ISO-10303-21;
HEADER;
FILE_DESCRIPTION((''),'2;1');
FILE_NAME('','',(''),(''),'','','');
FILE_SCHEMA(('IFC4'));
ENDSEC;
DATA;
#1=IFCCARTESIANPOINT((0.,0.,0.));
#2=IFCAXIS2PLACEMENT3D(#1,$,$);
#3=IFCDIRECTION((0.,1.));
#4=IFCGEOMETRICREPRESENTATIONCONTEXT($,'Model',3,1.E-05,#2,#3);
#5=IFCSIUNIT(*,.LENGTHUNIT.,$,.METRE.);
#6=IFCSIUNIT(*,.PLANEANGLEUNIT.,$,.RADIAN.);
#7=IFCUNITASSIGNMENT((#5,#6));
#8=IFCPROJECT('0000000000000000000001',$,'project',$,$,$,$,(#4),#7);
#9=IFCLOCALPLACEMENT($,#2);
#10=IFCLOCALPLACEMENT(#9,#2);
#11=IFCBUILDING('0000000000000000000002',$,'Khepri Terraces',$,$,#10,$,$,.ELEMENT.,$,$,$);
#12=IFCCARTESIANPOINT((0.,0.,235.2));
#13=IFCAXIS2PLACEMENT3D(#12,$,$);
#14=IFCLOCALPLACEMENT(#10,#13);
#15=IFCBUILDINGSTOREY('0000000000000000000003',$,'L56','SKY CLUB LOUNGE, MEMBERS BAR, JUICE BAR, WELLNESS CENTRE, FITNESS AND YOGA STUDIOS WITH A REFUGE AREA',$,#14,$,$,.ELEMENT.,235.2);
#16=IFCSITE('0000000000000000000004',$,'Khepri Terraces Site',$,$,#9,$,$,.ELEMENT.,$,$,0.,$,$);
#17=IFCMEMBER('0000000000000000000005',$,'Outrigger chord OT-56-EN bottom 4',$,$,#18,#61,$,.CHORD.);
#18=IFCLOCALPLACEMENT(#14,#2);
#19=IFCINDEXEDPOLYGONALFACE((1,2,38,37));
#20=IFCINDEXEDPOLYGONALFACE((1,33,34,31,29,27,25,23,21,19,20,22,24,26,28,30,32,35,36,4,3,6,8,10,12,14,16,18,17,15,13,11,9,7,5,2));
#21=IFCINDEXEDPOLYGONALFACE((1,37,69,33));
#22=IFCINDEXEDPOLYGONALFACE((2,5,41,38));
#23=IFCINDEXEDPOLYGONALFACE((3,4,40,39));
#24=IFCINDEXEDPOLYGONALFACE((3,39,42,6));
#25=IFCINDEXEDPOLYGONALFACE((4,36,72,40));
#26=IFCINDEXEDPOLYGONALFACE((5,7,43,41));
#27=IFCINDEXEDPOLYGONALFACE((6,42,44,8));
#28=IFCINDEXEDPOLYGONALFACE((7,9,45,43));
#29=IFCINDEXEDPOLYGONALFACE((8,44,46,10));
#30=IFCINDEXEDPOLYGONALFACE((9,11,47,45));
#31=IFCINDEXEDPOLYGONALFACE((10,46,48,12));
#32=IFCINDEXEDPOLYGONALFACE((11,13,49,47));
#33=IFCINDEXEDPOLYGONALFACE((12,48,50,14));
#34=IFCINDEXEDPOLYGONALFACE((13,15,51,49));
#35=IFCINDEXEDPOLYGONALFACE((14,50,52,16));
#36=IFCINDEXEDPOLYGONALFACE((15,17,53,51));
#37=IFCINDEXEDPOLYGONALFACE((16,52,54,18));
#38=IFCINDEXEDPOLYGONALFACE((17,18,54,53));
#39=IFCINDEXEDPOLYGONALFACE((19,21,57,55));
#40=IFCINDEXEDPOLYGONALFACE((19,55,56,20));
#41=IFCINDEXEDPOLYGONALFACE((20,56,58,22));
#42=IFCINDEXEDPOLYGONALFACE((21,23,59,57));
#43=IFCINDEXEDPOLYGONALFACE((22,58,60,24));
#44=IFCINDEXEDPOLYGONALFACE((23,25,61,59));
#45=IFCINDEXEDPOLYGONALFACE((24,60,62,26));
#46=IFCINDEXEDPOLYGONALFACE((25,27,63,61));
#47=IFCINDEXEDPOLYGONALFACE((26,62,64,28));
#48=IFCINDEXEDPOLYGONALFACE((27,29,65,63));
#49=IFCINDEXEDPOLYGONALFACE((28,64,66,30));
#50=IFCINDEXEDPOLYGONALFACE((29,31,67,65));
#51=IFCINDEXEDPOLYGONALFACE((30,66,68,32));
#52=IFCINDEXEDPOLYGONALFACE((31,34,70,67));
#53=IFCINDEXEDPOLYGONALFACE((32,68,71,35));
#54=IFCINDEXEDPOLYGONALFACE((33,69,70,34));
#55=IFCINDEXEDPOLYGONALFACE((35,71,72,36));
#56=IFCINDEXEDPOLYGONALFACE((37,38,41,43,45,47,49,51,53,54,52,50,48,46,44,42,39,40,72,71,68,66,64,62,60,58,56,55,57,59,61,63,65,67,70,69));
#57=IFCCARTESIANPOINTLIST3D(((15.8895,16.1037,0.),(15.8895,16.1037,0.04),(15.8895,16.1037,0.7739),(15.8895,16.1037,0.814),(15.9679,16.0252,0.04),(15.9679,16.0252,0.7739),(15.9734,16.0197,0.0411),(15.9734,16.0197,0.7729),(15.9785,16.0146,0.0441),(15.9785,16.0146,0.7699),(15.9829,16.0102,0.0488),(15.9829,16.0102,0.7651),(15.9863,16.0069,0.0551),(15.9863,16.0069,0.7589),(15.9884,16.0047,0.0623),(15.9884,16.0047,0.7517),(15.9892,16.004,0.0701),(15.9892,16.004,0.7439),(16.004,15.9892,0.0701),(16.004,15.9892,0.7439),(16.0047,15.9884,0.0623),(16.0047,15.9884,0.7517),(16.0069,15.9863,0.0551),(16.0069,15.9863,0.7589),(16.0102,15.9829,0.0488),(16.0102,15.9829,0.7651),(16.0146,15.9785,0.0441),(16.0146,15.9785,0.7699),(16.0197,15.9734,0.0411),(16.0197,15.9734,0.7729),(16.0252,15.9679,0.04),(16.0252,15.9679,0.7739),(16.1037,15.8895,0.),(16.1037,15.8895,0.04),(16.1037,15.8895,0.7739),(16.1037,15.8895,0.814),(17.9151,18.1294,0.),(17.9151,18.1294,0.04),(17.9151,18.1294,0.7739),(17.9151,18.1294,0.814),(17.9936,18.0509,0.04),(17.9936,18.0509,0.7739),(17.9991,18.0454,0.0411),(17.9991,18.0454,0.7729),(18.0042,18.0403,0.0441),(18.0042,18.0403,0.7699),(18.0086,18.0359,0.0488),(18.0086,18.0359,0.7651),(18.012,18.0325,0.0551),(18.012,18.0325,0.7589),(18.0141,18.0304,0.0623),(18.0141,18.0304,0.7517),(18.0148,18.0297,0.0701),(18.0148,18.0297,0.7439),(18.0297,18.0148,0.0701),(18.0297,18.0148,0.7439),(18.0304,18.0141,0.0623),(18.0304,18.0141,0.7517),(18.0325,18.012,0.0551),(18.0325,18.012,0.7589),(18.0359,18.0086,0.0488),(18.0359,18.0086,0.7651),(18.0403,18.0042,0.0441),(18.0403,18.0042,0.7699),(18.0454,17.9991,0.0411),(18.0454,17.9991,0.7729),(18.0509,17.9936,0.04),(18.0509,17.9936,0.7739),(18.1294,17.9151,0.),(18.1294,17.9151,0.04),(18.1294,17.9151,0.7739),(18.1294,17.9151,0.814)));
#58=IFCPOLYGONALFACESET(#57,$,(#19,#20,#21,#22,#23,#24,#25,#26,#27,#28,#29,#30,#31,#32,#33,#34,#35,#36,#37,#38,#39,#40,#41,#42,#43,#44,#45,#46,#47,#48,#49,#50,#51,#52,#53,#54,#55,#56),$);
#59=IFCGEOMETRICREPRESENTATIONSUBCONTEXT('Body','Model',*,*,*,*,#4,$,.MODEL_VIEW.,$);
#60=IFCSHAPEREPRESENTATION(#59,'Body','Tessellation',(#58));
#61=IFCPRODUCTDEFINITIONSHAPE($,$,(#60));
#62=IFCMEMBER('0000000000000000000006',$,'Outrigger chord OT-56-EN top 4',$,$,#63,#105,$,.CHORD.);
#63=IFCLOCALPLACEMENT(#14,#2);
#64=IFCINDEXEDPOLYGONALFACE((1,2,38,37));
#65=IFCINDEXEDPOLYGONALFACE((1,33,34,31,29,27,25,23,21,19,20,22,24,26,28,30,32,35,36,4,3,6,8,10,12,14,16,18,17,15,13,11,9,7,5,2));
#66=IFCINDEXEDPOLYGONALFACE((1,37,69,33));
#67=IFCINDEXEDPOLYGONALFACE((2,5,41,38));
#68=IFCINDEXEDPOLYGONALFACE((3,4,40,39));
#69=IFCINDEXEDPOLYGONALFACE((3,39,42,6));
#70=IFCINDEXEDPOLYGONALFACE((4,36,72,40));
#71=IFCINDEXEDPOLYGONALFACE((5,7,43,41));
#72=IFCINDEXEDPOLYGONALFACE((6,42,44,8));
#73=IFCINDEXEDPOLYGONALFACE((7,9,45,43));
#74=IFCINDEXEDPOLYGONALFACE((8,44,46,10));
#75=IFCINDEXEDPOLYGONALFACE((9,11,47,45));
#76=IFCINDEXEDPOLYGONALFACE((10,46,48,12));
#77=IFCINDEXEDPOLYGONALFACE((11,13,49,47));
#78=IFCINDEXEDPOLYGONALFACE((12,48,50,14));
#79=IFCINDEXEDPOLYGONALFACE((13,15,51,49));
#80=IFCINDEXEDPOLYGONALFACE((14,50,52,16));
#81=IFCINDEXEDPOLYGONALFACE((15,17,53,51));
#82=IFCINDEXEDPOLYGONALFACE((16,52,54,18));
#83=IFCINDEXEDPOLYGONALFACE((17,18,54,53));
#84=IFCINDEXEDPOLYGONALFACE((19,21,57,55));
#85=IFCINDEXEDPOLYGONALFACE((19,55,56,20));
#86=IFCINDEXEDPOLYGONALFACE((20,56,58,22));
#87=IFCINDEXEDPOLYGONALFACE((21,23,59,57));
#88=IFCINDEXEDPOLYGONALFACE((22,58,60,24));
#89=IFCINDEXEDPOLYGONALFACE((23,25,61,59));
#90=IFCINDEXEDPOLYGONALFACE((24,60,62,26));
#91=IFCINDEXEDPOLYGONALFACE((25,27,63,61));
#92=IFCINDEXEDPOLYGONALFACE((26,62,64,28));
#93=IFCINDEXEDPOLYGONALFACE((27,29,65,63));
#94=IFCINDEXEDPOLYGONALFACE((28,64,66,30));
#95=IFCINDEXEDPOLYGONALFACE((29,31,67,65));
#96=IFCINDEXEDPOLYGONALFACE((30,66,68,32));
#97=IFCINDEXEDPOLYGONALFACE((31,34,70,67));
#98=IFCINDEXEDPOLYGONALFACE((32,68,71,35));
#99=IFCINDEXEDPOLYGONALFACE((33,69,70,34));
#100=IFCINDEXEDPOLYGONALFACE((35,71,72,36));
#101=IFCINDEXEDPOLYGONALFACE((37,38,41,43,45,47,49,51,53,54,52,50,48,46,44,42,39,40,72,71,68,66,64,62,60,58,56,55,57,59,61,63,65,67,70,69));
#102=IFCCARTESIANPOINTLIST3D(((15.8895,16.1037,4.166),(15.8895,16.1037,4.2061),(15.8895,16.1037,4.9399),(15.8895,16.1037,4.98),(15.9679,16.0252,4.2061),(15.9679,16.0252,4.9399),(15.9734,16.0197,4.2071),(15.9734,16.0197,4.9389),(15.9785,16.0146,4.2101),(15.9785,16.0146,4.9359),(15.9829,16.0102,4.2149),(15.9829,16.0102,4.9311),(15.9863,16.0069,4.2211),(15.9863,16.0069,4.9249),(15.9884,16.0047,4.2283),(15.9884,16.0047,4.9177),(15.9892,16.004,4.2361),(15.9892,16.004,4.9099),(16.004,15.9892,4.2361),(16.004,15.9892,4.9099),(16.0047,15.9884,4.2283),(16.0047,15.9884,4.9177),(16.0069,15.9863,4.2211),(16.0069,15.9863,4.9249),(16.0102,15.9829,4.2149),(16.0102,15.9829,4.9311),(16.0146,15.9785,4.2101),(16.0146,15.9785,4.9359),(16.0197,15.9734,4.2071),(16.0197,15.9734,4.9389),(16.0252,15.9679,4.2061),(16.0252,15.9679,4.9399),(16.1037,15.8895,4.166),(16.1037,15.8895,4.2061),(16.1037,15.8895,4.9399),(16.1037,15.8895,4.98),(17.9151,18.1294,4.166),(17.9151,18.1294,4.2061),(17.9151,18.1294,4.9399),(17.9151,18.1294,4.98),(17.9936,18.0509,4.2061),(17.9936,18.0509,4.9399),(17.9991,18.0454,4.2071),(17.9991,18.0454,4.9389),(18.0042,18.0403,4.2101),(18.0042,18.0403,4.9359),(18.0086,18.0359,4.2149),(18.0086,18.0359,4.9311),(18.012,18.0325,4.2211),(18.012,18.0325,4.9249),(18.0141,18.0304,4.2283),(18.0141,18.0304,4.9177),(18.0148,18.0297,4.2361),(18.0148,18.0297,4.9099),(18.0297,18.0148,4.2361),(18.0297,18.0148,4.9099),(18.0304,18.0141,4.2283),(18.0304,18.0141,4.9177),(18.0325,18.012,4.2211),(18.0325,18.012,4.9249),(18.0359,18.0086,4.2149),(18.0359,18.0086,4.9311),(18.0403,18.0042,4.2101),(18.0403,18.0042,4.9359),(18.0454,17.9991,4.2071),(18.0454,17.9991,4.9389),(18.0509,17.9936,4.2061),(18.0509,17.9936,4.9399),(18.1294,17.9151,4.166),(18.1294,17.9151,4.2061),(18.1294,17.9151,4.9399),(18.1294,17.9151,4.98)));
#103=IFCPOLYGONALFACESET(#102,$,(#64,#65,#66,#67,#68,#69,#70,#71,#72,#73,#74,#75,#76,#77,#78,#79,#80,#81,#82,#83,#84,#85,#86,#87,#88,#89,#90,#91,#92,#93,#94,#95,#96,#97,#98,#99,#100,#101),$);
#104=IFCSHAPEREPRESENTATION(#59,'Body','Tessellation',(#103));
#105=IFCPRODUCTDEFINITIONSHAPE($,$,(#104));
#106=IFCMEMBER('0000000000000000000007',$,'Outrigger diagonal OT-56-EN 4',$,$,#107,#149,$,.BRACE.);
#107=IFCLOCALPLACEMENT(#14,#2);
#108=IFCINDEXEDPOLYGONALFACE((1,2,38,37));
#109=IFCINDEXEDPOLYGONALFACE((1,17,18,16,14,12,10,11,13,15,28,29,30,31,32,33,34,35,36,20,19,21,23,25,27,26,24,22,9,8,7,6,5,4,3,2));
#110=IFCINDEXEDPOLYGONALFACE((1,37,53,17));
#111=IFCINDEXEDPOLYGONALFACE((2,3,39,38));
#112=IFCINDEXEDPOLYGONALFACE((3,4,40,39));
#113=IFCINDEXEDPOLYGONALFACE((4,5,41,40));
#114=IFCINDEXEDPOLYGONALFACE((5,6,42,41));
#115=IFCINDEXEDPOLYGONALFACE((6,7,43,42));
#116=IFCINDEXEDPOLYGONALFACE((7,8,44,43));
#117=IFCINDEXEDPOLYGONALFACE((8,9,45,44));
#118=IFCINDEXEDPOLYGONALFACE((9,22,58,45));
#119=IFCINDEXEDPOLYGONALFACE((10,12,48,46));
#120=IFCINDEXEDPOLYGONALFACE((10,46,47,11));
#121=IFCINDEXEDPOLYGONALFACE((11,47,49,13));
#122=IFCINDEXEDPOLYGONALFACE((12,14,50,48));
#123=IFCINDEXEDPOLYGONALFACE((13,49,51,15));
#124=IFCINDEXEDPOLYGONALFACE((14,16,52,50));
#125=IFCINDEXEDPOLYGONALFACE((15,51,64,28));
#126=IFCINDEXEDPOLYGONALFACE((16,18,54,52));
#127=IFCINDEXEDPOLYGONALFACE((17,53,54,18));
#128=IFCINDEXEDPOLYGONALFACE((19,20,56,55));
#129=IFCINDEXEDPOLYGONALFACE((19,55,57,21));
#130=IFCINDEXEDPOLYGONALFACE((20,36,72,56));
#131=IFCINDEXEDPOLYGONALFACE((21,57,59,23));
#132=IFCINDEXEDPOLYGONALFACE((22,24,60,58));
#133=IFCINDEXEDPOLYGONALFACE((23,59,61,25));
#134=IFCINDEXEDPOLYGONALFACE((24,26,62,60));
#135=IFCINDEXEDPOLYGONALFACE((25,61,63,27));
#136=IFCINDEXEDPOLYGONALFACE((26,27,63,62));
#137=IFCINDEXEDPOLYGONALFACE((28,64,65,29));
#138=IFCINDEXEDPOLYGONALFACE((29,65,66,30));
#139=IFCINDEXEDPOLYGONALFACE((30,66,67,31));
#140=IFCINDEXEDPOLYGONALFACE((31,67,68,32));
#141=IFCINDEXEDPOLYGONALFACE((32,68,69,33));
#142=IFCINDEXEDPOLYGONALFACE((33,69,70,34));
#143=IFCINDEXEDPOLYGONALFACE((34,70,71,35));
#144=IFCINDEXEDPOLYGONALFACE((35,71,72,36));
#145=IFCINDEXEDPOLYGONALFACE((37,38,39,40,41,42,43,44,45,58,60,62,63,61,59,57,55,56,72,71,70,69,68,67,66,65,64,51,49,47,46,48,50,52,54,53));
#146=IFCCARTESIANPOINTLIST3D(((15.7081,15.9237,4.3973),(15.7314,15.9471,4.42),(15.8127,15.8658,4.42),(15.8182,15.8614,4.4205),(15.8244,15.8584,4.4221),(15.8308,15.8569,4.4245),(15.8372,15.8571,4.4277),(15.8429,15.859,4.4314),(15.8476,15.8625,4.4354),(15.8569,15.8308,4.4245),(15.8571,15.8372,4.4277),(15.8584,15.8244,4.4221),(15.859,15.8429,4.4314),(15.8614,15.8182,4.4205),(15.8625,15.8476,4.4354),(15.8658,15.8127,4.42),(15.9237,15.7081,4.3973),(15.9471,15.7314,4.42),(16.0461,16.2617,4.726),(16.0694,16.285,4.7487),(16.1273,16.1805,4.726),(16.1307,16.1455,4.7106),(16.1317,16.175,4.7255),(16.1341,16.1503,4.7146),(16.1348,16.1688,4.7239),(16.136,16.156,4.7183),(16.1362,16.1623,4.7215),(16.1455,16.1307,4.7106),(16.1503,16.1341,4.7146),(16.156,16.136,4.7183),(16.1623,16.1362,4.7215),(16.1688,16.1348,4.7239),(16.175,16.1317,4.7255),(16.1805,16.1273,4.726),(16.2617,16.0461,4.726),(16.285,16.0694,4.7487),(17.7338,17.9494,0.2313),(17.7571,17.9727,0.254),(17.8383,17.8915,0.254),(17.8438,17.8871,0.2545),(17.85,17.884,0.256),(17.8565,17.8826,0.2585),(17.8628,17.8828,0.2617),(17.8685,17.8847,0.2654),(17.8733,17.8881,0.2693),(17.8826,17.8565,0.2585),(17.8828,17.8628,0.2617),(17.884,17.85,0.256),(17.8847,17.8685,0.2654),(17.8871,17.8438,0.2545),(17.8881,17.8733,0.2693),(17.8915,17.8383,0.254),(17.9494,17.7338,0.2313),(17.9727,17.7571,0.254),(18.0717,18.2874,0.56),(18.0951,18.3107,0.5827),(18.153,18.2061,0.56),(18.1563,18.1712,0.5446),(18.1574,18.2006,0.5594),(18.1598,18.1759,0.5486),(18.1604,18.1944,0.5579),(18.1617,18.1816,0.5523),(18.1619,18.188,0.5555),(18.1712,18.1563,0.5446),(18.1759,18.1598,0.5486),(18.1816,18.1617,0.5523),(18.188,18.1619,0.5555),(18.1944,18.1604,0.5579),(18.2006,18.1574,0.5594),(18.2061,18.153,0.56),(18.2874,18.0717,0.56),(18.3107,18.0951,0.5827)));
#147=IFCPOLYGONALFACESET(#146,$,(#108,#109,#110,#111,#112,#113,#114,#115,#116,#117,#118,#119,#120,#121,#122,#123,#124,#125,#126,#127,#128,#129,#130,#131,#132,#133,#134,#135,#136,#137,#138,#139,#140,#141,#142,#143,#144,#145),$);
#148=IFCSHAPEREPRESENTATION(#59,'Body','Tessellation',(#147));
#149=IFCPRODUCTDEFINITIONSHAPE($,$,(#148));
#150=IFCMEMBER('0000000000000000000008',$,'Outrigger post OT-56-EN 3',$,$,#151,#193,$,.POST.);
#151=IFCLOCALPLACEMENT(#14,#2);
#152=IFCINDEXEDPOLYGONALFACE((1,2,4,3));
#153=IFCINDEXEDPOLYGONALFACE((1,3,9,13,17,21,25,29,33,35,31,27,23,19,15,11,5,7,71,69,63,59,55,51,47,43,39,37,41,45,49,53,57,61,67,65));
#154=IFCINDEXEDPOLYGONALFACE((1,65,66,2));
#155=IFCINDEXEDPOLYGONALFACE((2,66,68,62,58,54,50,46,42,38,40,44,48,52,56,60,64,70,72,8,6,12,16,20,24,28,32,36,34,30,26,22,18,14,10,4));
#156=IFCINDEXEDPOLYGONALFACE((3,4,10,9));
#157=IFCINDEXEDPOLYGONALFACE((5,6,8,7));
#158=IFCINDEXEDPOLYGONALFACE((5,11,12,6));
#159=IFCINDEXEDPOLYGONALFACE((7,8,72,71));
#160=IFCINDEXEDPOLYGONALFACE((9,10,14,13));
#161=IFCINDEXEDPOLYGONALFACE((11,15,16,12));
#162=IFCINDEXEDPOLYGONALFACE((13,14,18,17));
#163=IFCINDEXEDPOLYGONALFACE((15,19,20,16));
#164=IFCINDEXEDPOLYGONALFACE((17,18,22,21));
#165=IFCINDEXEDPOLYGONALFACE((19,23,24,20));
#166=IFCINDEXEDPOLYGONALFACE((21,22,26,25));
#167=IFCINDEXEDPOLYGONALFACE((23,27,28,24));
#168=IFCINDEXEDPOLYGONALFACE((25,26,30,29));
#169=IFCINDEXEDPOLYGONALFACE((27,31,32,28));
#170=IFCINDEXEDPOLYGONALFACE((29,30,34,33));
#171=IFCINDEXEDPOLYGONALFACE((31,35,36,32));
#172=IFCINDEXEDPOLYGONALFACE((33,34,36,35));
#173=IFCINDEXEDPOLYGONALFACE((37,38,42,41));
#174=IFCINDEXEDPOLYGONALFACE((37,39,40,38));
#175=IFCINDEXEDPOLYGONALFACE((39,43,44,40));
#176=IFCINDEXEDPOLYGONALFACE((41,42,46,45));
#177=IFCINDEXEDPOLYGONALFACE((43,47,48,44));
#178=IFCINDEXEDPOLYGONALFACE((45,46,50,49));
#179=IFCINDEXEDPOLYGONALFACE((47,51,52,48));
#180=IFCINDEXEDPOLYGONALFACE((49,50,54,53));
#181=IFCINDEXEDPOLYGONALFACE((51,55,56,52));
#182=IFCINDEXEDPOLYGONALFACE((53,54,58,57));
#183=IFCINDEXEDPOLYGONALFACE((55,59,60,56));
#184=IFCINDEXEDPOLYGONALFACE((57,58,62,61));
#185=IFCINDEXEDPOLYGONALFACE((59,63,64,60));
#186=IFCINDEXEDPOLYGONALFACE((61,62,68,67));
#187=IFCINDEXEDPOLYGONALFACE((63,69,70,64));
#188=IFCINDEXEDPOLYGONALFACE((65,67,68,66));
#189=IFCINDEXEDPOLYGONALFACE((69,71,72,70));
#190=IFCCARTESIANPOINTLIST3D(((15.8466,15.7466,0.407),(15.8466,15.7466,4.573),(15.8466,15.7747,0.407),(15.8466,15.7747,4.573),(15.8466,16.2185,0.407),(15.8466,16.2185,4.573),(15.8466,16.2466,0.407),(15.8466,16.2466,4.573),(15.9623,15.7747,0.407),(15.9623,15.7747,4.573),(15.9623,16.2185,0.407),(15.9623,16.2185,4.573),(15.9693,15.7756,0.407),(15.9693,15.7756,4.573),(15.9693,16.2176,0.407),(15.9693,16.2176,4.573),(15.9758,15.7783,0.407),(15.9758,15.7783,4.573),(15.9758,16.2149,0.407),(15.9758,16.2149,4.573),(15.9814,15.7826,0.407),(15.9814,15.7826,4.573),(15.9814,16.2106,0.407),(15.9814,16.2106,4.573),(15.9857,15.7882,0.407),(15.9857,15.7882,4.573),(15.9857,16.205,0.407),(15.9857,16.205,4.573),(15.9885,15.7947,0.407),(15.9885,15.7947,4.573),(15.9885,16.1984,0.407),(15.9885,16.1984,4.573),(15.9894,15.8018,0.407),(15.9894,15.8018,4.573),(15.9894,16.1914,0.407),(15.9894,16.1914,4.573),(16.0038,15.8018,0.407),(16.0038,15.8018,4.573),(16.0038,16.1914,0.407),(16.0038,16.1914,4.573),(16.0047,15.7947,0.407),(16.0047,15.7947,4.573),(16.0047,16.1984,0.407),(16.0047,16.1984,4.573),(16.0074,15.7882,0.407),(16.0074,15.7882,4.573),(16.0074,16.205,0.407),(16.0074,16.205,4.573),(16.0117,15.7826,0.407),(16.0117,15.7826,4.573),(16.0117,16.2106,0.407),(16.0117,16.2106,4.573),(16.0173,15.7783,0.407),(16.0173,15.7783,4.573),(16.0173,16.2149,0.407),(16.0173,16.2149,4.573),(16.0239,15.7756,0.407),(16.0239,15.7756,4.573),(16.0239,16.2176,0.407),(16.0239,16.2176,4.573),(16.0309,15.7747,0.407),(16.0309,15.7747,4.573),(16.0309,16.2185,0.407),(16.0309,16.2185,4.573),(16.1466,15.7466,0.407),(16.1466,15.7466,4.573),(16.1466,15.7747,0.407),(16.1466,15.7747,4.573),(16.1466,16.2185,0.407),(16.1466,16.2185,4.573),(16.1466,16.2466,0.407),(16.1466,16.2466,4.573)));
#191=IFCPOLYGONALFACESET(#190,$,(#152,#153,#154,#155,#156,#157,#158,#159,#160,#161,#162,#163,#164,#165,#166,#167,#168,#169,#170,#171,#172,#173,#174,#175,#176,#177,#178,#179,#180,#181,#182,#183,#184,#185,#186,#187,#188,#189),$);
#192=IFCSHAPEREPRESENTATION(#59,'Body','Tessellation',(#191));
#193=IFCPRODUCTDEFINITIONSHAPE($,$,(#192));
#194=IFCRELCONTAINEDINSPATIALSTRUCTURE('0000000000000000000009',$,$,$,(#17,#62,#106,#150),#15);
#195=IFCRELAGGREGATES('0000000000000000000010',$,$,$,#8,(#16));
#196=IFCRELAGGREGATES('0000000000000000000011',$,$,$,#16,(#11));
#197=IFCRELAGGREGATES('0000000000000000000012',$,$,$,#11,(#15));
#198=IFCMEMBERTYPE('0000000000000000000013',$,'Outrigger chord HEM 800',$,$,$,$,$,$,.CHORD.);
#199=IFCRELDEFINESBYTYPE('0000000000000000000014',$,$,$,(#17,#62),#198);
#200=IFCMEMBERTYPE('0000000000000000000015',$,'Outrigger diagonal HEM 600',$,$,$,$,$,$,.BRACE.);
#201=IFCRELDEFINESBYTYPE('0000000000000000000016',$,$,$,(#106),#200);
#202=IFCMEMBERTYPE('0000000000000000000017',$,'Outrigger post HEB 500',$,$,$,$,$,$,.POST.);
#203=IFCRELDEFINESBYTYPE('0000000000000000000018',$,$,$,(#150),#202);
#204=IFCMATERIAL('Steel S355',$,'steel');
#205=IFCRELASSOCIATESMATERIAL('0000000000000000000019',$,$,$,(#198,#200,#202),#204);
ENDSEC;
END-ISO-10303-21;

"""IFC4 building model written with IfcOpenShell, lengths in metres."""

from ifc_helpers import new_model, si_unit, direction, frame, origin, origin_2d, place, context, subcontext, project, spatial, i_section, extrude, material, material_profile, profile_set, type_object, element, save


model = new_model("IFC4")

# Units and contexts
model_context = context("Model", 3, precision=1e-05, world=origin(), true_north=direction((0.0, 1.0)))
body_context = subcontext(model_context, "Body", "Model", "MODEL_VIEW")
ifc_project = project(units=[si_unit("LENGTHUNIT", "METRE"), si_unit("PLANEANGLEUNIT", "RADIAN")], contexts=[model_context])

# Site, building, storey
site_placement = place(None, origin())
site = spatial("IfcSite", under=ifc_project, at=site_placement, Name="Khepri Terraces Site", CompositionType="ELEMENT", RefElevation=0.0)
building_placement = place(site_placement, origin())
building = spatial("IfcBuilding", under=site, at=building_placement, Name="Khepri Terraces", CompositionType="ELEMENT")
storey_placement = place(building_placement, frame((0.0, 0.0, 235.2)))
storey = spatial("IfcBuildingStorey", under=building, at=storey_placement, Name="L56", Description="SKY CLUB LOUNGE, MEMBERS BAR, JUICE BAR, WELLNESS CENTRE, FITNESS AND YOGA STUDIOS WITH A REFUGE AREA", CompositionType="ELEMENT", Elevation=235.2)

# Members
ifc_material_1 = material(Name="Steel S355", Category="steel")
ifc_material_profile_1 = material_profile(ifc_material_1, i_section(OverallWidth=0.303, OverallDepth=0.814, WebThickness=0.021, FlangeThickness=0.04, FilletRadius=0.03, at=origin_2d()), Name="Steel S355", Category="steel")
ifc_profile_set_1 = profile_set([ifc_material_profile_1], Name="Steel S355")
member_type_1 = type_object("IfcMemberType", Name="Outrigger chord HEM 800", PredefinedType="CHORD", material=ifc_profile_set_1)
for number, where, z_axis, x_axis, name in (
    (1, (15.9966, 15.9966, 0.407), (0.707107, 0.707107, 0.0), (-0.707107, 0.707107, 0.0), "Outrigger chord OT-56-EN bottom 4"),
    (2, (15.9966, 15.9966, 4.573), (0.707107, 0.707107, 0.0), (-0.707107, 0.707107, 0.0), "Outrigger chord OT-56-EN top 4"),
):
    element("IfcMember", number, at=place(storey_placement, frame(where, z_axis=z_axis, x_axis=x_axis)), inside=storey, type_object=member_type_1, Name=name, PredefinedType="CHORD", context=body_context, shape_type="SweptSolid", body=[
        extrude(i_section(OverallWidth=0.303, OverallDepth=0.814, WebThickness=0.021, FlangeThickness=0.04, FilletRadius=0.03, at=origin_2d()), origin(), (0.0, 0.0, 1.0), 2.8647),
    ])
ifc_material_profile_2 = material_profile(ifc_material_1, i_section(OverallWidth=0.3049, OverallDepth=0.6201, WebThickness=0.021, FlangeThickness=0.04, FilletRadius=0.0271, at=origin_2d()), Name="Steel S355", Category="steel")
ifc_profile_set_2 = profile_set([ifc_material_profile_2], Name="Steel S355")
member_type_2 = type_object("IfcMemberType", Name="Outrigger diagonal HEM 600", PredefinedType="BRACE", material=ifc_profile_set_2)
member_1_placement = place(storey_placement, frame((15.9966, 15.9966, 4.573), z_axis=(0.400648, 0.400648, -0.823992), x_axis=(-0.707107, 0.707107, 0.0)))
element("IfcMember", 3, at=member_1_placement, inside=storey, type_object=member_type_2, Name="Outrigger diagonal OT-56-EN 4", PredefinedType="BRACE", context=body_context, shape_type="SweptSolid", body=[
    extrude(i_section(OverallWidth=0.3049, OverallDepth=0.6201, WebThickness=0.021, FlangeThickness=0.04, FilletRadius=0.0271, at=origin_2d()), origin(), (0.0, 0.0, 1.0), 5.0559),
])
ifc_material_profile_3 = material_profile(ifc_material_1, i_section(OverallWidth=0.3, OverallDepth=0.5, WebThickness=0.0144, FlangeThickness=0.0281, FilletRadius=0.0271, at=origin_2d()), Name="Steel S355", Category="steel")
ifc_profile_set_3 = profile_set([ifc_material_profile_3], Name="Steel S355")
member_type_3 = type_object("IfcMemberType", Name="Outrigger post HEB 500", PredefinedType="POST", material=ifc_profile_set_3)
member_2_placement = place(storey_placement, frame((15.9966, 15.9966, 0.407), z_axis=(0.0, 0.0, 1.0), x_axis=(1.0, 0.0, 0.0)))
element("IfcMember", 4, at=member_2_placement, inside=storey, type_object=member_type_3, Name="Outrigger post OT-56-EN 3", PredefinedType="POST", context=body_context, shape_type="SweptSolid", body=[
    extrude(i_section(OverallWidth=0.3, OverallDepth=0.5, WebThickness=0.0144, FlangeThickness=0.0281, FilletRadius=0.0271, at=origin_2d()), origin(), (0.0, 0.0, 1.0), 4.166),
])

save(model, "model.ifc")
